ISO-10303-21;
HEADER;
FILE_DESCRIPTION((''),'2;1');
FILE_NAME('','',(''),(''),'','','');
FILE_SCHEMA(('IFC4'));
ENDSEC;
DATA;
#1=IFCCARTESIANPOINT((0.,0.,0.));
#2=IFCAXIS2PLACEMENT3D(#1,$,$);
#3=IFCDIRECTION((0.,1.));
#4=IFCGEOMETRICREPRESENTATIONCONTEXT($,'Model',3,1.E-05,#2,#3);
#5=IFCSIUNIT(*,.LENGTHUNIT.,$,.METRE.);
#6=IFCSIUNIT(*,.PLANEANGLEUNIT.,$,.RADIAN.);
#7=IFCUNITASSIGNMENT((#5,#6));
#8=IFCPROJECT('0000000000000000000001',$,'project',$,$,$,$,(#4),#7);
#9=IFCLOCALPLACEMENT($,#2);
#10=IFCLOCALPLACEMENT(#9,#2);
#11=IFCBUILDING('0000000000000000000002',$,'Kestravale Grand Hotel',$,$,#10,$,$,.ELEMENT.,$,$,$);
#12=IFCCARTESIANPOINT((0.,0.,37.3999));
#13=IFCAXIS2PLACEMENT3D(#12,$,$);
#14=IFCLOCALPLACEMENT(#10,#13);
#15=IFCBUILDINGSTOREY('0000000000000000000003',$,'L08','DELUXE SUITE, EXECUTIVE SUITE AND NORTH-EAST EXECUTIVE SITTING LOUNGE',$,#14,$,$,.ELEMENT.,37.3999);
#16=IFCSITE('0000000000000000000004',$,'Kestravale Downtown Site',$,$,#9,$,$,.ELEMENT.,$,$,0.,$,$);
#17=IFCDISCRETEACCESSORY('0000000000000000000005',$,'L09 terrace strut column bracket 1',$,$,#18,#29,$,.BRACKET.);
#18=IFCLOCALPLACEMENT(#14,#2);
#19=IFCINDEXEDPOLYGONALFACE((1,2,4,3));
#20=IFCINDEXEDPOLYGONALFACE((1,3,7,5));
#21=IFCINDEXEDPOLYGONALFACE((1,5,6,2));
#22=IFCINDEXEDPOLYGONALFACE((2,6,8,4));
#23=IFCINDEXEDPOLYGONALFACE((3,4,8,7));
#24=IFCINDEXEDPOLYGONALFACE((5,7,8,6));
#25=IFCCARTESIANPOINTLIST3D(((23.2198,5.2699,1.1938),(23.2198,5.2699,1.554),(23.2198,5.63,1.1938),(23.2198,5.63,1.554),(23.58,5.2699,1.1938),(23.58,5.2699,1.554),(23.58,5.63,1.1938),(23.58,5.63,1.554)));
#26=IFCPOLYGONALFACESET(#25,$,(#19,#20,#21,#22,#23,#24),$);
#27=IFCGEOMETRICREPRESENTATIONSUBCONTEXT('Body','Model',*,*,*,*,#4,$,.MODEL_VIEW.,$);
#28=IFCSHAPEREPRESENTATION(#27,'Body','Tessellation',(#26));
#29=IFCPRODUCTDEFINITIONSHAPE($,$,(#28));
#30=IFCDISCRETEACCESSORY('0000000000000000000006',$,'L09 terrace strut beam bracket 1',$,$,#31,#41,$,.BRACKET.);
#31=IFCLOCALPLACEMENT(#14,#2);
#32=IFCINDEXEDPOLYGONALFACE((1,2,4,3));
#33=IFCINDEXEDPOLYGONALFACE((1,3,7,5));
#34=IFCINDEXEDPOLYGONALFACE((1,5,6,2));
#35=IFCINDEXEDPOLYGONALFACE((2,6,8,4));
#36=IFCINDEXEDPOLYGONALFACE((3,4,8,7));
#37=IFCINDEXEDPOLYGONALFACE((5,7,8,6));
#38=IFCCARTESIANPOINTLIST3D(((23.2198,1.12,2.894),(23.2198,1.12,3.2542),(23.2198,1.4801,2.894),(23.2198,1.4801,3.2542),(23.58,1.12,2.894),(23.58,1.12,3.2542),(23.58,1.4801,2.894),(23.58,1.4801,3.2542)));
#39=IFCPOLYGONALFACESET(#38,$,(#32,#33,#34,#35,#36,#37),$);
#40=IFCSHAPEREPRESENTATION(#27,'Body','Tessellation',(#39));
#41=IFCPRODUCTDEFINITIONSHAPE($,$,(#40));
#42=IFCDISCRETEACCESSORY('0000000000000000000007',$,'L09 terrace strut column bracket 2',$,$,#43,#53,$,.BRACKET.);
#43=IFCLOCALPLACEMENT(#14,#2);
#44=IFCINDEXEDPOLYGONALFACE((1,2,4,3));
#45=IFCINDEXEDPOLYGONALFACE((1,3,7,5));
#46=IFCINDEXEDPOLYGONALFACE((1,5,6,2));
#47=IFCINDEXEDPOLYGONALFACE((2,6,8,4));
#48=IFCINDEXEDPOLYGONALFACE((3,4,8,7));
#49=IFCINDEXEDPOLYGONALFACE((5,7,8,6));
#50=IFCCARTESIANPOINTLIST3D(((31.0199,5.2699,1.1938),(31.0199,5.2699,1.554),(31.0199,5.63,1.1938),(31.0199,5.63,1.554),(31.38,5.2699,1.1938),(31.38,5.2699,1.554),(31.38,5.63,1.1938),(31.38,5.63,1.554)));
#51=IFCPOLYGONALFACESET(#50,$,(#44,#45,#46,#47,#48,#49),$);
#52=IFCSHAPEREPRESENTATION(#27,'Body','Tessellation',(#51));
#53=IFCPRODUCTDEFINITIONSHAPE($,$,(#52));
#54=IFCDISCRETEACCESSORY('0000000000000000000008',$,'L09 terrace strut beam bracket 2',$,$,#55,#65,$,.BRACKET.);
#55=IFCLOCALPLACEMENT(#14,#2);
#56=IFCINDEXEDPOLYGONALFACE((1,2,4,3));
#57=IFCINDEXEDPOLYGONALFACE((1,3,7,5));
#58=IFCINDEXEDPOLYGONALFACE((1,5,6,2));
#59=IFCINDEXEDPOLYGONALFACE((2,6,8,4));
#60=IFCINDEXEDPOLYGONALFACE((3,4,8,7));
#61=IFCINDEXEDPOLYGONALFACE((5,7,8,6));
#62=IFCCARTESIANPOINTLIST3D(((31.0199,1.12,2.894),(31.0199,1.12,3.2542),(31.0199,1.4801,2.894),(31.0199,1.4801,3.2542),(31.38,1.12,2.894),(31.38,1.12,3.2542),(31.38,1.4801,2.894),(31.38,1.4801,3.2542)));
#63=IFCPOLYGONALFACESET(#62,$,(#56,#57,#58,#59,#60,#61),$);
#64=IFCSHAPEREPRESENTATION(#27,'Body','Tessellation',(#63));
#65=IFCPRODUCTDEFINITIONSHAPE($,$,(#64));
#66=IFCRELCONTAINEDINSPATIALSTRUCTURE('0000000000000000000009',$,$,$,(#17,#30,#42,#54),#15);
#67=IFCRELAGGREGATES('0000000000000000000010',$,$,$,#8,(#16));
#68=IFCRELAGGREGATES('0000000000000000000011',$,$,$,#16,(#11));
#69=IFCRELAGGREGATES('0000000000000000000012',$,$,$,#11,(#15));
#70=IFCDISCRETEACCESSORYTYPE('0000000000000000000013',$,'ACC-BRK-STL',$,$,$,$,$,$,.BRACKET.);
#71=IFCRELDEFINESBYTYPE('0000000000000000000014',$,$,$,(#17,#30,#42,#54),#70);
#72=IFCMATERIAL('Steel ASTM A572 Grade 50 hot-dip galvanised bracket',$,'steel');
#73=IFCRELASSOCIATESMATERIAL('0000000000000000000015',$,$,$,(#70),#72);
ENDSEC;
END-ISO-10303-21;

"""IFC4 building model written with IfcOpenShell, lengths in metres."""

from ifc_helpers import new_model, si_unit, direction, frame, origin, origin_2d, place, context, subcontext, project, spatial, rectangle, extrude, material, type_object, element, save


model = new_model("IFC4")

# Units and contexts
model_context = context("Model", 3, precision=1e-05, world=origin(), true_north=direction((0.0, 1.0)))
body_context = subcontext(model_context, "Body", "Model", "MODEL_VIEW")
ifc_project = project(units=[si_unit("LENGTHUNIT", "METRE"), si_unit("PLANEANGLEUNIT", "RADIAN")], contexts=[model_context])

# Site, building, storey
site_placement = place(None, origin())
site = spatial("IfcSite", under=ifc_project, at=site_placement, Name="Kestravale Downtown Site", CompositionType="ELEMENT", RefElevation=0.0)
building_placement = place(site_placement, origin())
building = spatial("IfcBuilding", under=site, at=building_placement, Name="Kestravale Grand Hotel", CompositionType="ELEMENT")
storey_placement = place(building_placement, frame((0.0, 0.0, 37.3999)))
storey = spatial("IfcBuildingStorey", under=building, at=storey_placement, Name="L08", Description="DELUXE SUITE, EXECUTIVE SUITE AND NORTH-EAST EXECUTIVE SITTING LOUNGE", CompositionType="ELEMENT", Elevation=37.3999)

# Discrete accessories
ifc_material_1 = material(Name="Steel ASTM A572 Grade 50 hot-dip galvanised bracket", Category="steel")
discrete_accessory_type = type_object("IfcDiscreteAccessoryType", Name="ACC-BRK-STL", PredefinedType="BRACKET", material=ifc_material_1)
for number, where, z_axis, x_axis, name in (
    (1, (23.3999, 5.45, 1.1938), (0.0, 0.0, 1.0), (1.0, 0.0, 0.0), "L09 terrace strut column bracket 1"),
    (2, (23.3999, 1.3, 2.894), (0.0, 0.0, 1.0), (1.0, 0.0, 0.0), "L09 terrace strut beam bracket 1"),
    (3, (31.2, 5.45, 1.1938), (0.0, 0.0, 1.0), (1.0, 0.0, 0.0), "L09 terrace strut column bracket 2"),
    (4, (31.2, 1.3, 2.894), (0.0, 0.0, 1.0), (1.0, 0.0, 0.0), "L09 terrace strut beam bracket 2"),
):
    element("IfcDiscreteAccessory", number, at=place(storey_placement, frame(where, z_axis=z_axis, x_axis=x_axis)), inside=storey, type_object=discrete_accessory_type, Name=name, PredefinedType="BRACKET", context=body_context, shape_type="SweptSolid", body=[
        extrude(rectangle(XDim=0.3601, YDim=0.3601, at=origin_2d()), origin(), (0.0, 0.0, 1.0), 0.3601),
    ])

save(model, "model.ifc")
